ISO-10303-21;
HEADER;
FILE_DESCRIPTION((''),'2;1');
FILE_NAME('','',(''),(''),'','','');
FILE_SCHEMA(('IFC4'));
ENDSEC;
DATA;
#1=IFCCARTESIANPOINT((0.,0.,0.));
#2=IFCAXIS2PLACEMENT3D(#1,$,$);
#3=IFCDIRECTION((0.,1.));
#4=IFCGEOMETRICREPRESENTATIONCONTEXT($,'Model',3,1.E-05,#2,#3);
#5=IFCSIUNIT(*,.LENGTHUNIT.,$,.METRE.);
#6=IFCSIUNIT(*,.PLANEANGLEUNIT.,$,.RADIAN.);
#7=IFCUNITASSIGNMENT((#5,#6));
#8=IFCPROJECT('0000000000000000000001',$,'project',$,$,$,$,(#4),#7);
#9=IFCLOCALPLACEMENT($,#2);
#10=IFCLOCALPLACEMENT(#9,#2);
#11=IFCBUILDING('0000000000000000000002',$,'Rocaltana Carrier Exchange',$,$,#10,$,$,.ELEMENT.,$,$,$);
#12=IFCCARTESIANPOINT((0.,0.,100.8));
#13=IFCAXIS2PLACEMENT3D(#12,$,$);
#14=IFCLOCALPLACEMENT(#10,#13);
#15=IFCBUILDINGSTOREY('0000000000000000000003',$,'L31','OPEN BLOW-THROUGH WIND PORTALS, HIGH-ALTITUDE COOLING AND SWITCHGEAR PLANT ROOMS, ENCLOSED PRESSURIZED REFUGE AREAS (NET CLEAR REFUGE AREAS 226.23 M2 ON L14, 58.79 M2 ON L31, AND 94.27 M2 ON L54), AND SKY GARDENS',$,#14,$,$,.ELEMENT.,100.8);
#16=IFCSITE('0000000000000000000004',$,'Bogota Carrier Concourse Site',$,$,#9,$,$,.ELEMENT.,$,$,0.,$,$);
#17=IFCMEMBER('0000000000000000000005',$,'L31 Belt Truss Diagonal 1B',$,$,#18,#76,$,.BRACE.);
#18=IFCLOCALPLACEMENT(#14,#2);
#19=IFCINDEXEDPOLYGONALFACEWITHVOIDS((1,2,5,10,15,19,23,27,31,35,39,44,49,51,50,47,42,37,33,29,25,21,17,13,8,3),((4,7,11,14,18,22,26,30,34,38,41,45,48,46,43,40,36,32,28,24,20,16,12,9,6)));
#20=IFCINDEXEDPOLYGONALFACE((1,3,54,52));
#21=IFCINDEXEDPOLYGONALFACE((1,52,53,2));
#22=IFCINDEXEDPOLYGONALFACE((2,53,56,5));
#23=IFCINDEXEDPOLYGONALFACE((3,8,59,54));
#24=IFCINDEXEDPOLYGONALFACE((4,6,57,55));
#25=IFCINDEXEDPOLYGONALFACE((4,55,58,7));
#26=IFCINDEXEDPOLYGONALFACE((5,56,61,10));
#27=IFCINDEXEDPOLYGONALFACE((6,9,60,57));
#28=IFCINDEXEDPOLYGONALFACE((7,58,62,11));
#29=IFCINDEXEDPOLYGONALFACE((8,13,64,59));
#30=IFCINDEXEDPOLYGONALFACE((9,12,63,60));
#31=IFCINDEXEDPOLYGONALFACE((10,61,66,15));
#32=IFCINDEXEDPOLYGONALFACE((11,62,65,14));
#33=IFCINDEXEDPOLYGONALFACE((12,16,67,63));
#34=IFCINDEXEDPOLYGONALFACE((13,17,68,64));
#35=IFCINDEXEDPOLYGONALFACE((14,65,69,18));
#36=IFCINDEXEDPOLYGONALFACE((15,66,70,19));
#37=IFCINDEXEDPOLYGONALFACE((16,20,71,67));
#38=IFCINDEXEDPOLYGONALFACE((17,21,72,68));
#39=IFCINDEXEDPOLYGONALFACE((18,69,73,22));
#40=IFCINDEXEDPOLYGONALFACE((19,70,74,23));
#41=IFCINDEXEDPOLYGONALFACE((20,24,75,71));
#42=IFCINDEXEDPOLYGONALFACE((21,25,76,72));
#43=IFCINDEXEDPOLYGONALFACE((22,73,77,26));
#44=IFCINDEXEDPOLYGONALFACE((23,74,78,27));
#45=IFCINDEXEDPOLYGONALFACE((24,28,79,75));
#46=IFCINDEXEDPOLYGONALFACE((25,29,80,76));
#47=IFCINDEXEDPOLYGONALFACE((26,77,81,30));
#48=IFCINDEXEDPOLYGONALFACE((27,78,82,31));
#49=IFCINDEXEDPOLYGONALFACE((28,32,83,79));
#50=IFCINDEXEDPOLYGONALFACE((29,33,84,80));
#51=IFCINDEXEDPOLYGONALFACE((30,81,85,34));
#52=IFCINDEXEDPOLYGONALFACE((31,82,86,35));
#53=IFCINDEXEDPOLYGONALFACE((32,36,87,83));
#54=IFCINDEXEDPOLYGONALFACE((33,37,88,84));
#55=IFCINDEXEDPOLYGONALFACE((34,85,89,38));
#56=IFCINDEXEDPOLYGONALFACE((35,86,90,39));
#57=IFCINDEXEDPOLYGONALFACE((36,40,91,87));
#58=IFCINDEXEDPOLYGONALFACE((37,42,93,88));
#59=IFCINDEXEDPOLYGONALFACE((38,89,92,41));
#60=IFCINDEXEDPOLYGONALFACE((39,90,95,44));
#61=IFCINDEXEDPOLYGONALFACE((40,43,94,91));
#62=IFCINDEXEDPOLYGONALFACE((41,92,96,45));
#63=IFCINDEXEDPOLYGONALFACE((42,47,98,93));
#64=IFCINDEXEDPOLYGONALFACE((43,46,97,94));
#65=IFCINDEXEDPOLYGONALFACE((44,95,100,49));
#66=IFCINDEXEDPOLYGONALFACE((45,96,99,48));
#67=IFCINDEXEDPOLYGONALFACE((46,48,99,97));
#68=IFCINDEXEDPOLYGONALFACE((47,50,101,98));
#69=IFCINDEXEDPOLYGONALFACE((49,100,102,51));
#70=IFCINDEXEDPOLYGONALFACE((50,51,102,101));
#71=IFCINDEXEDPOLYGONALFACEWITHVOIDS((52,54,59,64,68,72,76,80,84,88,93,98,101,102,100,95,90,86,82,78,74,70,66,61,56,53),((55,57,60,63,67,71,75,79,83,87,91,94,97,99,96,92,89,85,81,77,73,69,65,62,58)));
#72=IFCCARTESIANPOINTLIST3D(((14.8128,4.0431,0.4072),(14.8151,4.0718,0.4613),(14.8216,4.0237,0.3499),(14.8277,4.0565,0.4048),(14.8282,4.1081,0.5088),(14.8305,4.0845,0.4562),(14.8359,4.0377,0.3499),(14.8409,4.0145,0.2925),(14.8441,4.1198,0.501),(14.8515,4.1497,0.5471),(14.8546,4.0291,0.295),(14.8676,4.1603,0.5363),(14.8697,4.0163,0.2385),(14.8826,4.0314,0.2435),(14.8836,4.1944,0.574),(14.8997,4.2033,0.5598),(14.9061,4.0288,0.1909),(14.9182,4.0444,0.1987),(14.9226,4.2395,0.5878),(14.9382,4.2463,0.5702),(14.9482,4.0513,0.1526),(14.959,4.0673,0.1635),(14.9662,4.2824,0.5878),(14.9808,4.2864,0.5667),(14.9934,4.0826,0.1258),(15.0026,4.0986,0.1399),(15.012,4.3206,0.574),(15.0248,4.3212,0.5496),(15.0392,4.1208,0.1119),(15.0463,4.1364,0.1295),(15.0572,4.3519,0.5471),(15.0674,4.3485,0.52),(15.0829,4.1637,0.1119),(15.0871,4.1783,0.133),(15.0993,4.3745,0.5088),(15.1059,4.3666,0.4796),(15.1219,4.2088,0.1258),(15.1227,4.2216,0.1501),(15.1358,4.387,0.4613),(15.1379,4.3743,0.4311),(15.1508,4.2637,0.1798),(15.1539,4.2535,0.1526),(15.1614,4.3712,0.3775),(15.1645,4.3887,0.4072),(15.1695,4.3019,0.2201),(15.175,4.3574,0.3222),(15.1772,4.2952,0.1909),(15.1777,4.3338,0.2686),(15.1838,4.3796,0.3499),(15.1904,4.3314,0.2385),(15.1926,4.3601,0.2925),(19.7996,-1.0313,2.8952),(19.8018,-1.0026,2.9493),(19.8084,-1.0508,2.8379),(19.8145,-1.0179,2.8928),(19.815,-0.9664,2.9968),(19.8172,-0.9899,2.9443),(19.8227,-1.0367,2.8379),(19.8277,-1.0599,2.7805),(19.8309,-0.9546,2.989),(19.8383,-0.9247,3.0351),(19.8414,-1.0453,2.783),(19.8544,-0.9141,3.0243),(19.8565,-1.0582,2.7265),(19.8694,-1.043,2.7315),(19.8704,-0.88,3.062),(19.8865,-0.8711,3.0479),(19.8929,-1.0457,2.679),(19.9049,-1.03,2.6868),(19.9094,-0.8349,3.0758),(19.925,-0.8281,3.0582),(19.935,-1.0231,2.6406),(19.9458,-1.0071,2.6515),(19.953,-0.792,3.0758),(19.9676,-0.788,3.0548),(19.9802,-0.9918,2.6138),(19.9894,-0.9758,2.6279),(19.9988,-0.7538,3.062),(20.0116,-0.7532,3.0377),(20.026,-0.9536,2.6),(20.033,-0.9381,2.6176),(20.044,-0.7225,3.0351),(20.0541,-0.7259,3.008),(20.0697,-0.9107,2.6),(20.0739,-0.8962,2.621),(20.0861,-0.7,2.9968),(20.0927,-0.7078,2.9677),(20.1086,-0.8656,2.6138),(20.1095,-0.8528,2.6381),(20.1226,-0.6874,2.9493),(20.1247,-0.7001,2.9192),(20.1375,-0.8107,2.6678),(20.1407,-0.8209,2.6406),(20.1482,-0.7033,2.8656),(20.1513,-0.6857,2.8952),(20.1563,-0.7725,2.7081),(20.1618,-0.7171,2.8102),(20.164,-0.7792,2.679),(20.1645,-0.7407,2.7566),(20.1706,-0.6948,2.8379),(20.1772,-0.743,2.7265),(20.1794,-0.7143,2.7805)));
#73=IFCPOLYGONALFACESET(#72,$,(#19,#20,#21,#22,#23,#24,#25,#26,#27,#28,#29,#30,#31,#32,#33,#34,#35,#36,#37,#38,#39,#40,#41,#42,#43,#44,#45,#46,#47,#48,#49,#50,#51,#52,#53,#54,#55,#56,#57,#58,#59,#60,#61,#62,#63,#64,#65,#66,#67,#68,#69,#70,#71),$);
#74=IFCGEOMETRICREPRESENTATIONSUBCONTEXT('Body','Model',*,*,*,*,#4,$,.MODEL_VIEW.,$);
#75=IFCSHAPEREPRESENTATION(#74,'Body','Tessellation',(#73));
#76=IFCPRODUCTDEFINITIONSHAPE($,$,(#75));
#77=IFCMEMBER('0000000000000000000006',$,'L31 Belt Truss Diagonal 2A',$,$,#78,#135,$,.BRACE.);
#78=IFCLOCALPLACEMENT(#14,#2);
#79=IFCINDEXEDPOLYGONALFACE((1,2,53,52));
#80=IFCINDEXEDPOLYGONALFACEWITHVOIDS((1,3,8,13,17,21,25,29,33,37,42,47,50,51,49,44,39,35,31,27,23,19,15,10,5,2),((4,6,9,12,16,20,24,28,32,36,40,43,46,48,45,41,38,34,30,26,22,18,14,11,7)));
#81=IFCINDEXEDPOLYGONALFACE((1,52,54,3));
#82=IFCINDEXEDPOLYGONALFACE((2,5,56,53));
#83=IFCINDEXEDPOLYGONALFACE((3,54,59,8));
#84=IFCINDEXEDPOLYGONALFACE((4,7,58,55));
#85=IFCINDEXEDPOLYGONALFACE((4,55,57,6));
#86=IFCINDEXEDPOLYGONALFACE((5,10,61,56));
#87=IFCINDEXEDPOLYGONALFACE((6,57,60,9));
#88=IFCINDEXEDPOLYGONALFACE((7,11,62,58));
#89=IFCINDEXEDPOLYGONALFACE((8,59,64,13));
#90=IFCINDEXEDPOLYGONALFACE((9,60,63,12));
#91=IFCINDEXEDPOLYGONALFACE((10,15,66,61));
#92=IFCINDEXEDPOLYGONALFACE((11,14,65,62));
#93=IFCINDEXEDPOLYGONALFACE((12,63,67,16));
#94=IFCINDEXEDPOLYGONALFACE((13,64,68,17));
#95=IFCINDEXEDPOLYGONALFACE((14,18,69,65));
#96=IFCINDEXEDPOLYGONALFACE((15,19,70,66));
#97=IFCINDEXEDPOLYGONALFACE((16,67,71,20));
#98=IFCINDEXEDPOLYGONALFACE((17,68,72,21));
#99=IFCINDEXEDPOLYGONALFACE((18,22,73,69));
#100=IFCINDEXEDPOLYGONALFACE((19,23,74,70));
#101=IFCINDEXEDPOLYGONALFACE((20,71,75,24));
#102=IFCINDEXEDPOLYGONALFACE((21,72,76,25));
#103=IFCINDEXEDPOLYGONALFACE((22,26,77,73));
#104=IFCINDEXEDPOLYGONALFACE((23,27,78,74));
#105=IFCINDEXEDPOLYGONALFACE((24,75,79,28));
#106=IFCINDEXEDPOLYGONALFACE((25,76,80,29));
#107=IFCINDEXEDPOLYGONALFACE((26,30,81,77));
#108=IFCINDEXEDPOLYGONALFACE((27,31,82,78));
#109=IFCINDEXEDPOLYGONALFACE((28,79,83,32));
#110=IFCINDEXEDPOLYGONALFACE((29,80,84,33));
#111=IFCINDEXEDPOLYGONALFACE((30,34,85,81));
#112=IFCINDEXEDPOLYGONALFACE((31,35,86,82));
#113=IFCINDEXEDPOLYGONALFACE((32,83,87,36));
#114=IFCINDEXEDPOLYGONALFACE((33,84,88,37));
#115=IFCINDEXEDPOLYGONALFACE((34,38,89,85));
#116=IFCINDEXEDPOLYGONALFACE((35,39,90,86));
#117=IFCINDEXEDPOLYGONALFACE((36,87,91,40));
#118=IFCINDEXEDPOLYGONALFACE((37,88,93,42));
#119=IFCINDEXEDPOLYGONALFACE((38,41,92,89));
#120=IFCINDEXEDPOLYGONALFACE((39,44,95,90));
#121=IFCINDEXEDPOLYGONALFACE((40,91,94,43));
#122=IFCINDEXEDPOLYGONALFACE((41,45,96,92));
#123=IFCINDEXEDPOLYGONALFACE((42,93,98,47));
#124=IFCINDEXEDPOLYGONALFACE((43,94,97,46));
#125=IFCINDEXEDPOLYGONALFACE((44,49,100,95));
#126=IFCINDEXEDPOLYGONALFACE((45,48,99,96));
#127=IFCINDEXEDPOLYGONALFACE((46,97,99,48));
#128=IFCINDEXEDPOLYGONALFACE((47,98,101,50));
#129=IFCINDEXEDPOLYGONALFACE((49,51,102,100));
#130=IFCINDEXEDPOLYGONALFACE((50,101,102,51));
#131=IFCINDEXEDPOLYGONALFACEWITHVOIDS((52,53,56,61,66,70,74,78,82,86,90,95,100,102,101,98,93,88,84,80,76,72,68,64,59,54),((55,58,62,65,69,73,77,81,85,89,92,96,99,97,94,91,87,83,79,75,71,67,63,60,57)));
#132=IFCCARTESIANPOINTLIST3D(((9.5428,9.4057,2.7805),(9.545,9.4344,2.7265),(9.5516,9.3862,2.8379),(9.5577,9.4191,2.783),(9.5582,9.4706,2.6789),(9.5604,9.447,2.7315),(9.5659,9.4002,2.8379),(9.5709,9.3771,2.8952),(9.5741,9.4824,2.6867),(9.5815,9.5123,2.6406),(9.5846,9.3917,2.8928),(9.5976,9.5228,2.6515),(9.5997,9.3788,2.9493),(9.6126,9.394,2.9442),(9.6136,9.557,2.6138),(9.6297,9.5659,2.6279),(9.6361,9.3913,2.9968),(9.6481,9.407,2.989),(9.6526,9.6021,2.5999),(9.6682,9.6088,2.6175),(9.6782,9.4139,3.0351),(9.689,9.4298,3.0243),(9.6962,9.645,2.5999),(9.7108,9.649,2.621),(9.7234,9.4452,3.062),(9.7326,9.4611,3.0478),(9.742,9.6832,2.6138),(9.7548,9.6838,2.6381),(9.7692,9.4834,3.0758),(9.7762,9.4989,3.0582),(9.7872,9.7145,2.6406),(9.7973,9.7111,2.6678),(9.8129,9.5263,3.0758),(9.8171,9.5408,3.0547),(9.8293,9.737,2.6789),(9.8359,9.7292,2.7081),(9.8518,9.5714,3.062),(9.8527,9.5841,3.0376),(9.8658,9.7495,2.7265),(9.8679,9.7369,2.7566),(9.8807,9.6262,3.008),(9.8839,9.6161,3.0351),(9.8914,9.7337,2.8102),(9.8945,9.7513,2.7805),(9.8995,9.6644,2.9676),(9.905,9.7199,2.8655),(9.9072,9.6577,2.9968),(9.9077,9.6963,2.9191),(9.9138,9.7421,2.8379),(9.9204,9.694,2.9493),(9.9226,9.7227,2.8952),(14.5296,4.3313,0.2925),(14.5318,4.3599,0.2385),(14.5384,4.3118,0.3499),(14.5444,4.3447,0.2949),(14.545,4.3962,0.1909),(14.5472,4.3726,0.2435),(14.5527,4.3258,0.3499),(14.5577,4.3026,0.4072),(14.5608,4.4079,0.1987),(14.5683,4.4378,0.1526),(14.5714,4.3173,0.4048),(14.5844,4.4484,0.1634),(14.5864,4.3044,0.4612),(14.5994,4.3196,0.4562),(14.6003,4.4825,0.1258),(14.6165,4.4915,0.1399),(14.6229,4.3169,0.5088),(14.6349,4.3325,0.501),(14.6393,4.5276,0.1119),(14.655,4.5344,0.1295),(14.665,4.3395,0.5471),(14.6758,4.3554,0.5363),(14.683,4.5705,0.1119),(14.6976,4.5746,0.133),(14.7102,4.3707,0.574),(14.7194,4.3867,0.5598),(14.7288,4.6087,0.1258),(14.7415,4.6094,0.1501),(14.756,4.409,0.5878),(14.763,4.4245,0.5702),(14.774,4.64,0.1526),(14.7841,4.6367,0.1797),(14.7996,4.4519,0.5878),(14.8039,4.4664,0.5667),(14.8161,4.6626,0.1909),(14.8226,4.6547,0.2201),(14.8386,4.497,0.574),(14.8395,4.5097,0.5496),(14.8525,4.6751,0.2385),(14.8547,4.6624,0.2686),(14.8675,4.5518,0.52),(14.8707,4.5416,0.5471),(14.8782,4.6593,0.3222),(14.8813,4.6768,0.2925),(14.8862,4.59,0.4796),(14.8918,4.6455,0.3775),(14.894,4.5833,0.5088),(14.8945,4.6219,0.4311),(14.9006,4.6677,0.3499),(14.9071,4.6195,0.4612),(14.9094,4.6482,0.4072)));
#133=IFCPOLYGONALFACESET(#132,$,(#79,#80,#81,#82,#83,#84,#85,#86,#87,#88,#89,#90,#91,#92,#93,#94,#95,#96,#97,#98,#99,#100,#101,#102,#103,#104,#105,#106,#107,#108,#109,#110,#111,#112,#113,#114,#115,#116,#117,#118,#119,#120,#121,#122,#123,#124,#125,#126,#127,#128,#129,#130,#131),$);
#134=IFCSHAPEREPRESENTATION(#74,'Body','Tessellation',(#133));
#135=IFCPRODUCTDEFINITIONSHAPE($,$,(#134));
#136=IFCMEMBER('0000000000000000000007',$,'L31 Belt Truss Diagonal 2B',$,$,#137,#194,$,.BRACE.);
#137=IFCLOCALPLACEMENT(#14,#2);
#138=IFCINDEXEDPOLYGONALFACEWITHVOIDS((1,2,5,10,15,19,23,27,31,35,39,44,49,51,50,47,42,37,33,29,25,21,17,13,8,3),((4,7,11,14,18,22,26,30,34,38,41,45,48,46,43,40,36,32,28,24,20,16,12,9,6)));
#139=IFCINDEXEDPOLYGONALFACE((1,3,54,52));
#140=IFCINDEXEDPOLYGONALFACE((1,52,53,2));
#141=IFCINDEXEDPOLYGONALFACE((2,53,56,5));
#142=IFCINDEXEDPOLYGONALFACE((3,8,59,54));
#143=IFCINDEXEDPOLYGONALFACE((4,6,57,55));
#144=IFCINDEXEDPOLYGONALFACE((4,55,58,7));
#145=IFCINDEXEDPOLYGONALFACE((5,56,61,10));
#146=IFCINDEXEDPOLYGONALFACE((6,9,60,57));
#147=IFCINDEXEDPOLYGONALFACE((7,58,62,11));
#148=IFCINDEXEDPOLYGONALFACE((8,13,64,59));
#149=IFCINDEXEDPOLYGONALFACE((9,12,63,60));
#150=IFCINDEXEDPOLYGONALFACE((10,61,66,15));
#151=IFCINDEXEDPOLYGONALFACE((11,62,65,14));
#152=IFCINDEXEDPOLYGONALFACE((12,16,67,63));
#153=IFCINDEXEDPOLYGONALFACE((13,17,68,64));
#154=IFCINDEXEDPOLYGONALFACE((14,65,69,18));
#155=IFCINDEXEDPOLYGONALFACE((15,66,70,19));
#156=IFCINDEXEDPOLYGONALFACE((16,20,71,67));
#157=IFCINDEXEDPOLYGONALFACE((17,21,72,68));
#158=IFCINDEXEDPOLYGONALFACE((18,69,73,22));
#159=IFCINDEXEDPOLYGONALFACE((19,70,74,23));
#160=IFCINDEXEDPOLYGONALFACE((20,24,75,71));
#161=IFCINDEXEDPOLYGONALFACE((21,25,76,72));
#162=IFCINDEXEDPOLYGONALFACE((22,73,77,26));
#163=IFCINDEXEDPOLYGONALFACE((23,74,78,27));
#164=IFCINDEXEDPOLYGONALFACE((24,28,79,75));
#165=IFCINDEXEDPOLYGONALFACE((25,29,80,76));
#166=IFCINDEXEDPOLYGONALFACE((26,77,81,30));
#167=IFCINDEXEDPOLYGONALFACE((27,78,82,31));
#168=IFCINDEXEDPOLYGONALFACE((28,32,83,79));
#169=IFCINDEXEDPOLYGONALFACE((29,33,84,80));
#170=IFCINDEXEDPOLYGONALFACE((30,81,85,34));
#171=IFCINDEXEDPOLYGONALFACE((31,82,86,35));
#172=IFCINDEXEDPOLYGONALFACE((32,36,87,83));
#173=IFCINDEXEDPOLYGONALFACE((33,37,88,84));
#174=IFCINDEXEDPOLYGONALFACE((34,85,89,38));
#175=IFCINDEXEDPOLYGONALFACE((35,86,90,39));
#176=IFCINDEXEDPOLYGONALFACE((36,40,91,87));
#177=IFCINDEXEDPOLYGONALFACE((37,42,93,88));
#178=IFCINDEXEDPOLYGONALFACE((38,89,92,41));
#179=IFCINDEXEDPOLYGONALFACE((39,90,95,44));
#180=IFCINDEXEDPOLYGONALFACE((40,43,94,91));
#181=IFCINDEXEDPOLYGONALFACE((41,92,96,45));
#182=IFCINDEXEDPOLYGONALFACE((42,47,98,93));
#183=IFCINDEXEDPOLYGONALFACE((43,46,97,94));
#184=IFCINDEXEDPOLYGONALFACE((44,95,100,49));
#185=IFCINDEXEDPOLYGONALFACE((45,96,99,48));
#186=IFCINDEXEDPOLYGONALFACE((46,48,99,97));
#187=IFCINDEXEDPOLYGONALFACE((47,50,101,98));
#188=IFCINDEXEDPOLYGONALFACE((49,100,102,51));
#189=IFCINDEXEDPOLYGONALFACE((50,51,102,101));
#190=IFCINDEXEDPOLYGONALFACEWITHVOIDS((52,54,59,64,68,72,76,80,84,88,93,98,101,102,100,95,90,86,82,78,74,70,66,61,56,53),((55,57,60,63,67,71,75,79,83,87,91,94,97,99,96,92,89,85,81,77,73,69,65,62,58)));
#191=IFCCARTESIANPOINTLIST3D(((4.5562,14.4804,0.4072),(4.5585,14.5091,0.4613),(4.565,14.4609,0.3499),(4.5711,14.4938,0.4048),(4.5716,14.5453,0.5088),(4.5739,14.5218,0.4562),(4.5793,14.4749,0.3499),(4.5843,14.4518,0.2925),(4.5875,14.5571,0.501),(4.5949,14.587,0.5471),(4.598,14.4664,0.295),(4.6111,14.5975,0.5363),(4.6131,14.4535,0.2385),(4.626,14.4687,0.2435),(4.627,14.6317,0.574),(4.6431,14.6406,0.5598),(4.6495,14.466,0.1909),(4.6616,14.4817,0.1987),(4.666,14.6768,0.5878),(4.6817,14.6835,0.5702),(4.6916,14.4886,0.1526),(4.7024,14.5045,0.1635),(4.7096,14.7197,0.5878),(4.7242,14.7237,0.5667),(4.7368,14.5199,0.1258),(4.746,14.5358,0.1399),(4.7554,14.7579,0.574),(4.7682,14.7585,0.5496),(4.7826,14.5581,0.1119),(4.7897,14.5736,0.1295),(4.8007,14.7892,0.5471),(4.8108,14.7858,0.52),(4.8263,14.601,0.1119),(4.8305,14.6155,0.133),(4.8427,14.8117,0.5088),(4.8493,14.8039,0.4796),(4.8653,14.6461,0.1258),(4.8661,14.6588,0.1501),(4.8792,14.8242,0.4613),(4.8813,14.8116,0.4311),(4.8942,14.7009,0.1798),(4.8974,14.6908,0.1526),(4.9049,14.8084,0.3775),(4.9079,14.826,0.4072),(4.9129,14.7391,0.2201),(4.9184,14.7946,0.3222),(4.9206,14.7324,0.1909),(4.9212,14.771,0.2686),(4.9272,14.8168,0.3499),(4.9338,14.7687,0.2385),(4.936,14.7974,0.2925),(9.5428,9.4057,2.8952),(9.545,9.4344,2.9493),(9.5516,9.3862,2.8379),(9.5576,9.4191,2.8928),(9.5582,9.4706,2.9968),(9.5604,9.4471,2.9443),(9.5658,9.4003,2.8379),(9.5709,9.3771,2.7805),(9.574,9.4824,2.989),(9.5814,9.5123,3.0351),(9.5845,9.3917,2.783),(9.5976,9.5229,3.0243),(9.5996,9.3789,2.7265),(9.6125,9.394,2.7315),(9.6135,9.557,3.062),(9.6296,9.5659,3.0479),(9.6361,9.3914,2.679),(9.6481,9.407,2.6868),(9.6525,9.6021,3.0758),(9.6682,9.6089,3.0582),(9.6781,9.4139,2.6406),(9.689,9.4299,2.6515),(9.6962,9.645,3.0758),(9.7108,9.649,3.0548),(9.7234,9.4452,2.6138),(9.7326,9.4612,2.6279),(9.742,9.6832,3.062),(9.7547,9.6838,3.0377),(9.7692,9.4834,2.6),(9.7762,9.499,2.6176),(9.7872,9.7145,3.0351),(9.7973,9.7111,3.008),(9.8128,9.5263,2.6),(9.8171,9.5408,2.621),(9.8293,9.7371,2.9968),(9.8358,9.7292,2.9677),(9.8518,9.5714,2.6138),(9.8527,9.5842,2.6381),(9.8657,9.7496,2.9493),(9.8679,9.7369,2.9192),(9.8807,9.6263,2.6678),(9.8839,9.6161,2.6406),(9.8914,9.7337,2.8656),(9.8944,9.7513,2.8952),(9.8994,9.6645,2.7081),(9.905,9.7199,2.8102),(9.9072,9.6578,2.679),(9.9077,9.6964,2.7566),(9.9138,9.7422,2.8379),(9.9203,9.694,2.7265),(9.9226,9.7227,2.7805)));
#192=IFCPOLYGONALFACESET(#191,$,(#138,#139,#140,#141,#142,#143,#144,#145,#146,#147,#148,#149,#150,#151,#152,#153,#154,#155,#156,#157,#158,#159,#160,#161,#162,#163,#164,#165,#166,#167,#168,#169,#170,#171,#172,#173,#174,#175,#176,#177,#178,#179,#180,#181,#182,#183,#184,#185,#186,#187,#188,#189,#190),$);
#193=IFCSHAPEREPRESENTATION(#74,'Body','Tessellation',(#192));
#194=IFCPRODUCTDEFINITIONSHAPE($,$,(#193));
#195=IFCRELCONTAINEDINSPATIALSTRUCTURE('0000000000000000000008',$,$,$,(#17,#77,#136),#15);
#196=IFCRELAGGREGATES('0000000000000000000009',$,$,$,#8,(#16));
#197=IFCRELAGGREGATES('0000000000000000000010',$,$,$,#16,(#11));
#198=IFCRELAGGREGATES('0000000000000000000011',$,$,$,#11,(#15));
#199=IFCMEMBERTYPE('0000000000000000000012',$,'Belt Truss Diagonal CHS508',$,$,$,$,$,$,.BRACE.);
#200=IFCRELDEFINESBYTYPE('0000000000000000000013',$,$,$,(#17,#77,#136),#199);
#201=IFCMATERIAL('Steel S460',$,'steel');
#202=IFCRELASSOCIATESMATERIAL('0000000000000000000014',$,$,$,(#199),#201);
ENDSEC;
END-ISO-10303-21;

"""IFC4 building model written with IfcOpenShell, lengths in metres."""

from ifc_helpers import new_model, si_unit, direction, frame, origin, origin_2d, place, context, subcontext, project, spatial, hollow_circle, extrude, material, material_profile, profile_set, type_object, element, save


model = new_model("IFC4")

# Units and contexts
model_context = context("Model", 3, precision=1e-05, world=origin(), true_north=direction((0.0, 1.0)))
body_context = subcontext(model_context, "Body", "Model", "MODEL_VIEW")
ifc_project = project(units=[si_unit("LENGTHUNIT", "METRE"), si_unit("PLANEANGLEUNIT", "RADIAN")], contexts=[model_context])

# Site, building, storey
site_placement = place(None, origin())
site = spatial("IfcSite", under=ifc_project, at=site_placement, Name="Bogota Carrier Concourse Site", CompositionType="ELEMENT", RefElevation=0.0)
building_placement = place(site_placement, origin())
building = spatial("IfcBuilding", under=site, at=building_placement, Name="Rocaltana Carrier Exchange", CompositionType="ELEMENT")
storey_placement = place(building_placement, frame((0.0, 0.0, 100.8)))
storey = spatial("IfcBuildingStorey", under=building, at=storey_placement, Name="L31", Description="OPEN BLOW-THROUGH WIND PORTALS, HIGH-ALTITUDE COOLING AND SWITCHGEAR PLANT ROOMS, ENCLOSED PRESSURIZED REFUGE AREAS (NET CLEAR REFUGE AREAS 226.23 M2 ON L14, 58.79 M2 ON L31, AND 94.27 M2 ON L54), AND SKY GARDENS", CompositionType="ELEMENT", Elevation=100.8)

# Members
ifc_material_1 = material(Name="Steel S460", Category="steel")
ifc_material_profile_1 = material_profile(ifc_material_1, hollow_circle(Radius=0.2539, WallThickness=0.02, at=origin_2d()), Name="CHS508X20")
ifc_profile_set_1 = profile_set([ifc_material_profile_1], Name="Steel S460")
member_type_1 = type_object("IfcMemberType", Name="Belt Truss Diagonal CHS508", PredefinedType="BRACE", material=ifc_profile_set_1)
for number, where, z_axis, x_axis, name in (
    (1, (19.9895, -0.8728, 2.8379), (-0.66163, 0.673259, -0.330103), (-0.71324, -0.70092, 0.0), "L31 Belt Truss Diagonal 1B"),
    (2, (14.7195, 4.4897, 0.3499), (-0.66163, 0.673259, 0.330103), (-0.71324, -0.70092, 0.0), "L31 Belt Truss Diagonal 2A"),
    (3, (9.7327, 9.5642, 2.8379), (-0.661598, 0.673291, -0.330102), (-0.713274, -0.700886, 0.0), "L31 Belt Truss Diagonal 2B"),
):
    element("IfcMember", number, at=place(storey_placement, frame(where, z_axis=z_axis, x_axis=x_axis)), inside=storey, type_object=member_type_1, Name=name, PredefinedType="BRACE", context=body_context, shape_type="SweptSolid", body=[
        extrude(hollow_circle(Radius=0.2539, WallThickness=0.02, at=origin_2d()), origin(), (0.0, 0.0, 1.0), 7.5371),
    ])

save(model, "model.ifc")
